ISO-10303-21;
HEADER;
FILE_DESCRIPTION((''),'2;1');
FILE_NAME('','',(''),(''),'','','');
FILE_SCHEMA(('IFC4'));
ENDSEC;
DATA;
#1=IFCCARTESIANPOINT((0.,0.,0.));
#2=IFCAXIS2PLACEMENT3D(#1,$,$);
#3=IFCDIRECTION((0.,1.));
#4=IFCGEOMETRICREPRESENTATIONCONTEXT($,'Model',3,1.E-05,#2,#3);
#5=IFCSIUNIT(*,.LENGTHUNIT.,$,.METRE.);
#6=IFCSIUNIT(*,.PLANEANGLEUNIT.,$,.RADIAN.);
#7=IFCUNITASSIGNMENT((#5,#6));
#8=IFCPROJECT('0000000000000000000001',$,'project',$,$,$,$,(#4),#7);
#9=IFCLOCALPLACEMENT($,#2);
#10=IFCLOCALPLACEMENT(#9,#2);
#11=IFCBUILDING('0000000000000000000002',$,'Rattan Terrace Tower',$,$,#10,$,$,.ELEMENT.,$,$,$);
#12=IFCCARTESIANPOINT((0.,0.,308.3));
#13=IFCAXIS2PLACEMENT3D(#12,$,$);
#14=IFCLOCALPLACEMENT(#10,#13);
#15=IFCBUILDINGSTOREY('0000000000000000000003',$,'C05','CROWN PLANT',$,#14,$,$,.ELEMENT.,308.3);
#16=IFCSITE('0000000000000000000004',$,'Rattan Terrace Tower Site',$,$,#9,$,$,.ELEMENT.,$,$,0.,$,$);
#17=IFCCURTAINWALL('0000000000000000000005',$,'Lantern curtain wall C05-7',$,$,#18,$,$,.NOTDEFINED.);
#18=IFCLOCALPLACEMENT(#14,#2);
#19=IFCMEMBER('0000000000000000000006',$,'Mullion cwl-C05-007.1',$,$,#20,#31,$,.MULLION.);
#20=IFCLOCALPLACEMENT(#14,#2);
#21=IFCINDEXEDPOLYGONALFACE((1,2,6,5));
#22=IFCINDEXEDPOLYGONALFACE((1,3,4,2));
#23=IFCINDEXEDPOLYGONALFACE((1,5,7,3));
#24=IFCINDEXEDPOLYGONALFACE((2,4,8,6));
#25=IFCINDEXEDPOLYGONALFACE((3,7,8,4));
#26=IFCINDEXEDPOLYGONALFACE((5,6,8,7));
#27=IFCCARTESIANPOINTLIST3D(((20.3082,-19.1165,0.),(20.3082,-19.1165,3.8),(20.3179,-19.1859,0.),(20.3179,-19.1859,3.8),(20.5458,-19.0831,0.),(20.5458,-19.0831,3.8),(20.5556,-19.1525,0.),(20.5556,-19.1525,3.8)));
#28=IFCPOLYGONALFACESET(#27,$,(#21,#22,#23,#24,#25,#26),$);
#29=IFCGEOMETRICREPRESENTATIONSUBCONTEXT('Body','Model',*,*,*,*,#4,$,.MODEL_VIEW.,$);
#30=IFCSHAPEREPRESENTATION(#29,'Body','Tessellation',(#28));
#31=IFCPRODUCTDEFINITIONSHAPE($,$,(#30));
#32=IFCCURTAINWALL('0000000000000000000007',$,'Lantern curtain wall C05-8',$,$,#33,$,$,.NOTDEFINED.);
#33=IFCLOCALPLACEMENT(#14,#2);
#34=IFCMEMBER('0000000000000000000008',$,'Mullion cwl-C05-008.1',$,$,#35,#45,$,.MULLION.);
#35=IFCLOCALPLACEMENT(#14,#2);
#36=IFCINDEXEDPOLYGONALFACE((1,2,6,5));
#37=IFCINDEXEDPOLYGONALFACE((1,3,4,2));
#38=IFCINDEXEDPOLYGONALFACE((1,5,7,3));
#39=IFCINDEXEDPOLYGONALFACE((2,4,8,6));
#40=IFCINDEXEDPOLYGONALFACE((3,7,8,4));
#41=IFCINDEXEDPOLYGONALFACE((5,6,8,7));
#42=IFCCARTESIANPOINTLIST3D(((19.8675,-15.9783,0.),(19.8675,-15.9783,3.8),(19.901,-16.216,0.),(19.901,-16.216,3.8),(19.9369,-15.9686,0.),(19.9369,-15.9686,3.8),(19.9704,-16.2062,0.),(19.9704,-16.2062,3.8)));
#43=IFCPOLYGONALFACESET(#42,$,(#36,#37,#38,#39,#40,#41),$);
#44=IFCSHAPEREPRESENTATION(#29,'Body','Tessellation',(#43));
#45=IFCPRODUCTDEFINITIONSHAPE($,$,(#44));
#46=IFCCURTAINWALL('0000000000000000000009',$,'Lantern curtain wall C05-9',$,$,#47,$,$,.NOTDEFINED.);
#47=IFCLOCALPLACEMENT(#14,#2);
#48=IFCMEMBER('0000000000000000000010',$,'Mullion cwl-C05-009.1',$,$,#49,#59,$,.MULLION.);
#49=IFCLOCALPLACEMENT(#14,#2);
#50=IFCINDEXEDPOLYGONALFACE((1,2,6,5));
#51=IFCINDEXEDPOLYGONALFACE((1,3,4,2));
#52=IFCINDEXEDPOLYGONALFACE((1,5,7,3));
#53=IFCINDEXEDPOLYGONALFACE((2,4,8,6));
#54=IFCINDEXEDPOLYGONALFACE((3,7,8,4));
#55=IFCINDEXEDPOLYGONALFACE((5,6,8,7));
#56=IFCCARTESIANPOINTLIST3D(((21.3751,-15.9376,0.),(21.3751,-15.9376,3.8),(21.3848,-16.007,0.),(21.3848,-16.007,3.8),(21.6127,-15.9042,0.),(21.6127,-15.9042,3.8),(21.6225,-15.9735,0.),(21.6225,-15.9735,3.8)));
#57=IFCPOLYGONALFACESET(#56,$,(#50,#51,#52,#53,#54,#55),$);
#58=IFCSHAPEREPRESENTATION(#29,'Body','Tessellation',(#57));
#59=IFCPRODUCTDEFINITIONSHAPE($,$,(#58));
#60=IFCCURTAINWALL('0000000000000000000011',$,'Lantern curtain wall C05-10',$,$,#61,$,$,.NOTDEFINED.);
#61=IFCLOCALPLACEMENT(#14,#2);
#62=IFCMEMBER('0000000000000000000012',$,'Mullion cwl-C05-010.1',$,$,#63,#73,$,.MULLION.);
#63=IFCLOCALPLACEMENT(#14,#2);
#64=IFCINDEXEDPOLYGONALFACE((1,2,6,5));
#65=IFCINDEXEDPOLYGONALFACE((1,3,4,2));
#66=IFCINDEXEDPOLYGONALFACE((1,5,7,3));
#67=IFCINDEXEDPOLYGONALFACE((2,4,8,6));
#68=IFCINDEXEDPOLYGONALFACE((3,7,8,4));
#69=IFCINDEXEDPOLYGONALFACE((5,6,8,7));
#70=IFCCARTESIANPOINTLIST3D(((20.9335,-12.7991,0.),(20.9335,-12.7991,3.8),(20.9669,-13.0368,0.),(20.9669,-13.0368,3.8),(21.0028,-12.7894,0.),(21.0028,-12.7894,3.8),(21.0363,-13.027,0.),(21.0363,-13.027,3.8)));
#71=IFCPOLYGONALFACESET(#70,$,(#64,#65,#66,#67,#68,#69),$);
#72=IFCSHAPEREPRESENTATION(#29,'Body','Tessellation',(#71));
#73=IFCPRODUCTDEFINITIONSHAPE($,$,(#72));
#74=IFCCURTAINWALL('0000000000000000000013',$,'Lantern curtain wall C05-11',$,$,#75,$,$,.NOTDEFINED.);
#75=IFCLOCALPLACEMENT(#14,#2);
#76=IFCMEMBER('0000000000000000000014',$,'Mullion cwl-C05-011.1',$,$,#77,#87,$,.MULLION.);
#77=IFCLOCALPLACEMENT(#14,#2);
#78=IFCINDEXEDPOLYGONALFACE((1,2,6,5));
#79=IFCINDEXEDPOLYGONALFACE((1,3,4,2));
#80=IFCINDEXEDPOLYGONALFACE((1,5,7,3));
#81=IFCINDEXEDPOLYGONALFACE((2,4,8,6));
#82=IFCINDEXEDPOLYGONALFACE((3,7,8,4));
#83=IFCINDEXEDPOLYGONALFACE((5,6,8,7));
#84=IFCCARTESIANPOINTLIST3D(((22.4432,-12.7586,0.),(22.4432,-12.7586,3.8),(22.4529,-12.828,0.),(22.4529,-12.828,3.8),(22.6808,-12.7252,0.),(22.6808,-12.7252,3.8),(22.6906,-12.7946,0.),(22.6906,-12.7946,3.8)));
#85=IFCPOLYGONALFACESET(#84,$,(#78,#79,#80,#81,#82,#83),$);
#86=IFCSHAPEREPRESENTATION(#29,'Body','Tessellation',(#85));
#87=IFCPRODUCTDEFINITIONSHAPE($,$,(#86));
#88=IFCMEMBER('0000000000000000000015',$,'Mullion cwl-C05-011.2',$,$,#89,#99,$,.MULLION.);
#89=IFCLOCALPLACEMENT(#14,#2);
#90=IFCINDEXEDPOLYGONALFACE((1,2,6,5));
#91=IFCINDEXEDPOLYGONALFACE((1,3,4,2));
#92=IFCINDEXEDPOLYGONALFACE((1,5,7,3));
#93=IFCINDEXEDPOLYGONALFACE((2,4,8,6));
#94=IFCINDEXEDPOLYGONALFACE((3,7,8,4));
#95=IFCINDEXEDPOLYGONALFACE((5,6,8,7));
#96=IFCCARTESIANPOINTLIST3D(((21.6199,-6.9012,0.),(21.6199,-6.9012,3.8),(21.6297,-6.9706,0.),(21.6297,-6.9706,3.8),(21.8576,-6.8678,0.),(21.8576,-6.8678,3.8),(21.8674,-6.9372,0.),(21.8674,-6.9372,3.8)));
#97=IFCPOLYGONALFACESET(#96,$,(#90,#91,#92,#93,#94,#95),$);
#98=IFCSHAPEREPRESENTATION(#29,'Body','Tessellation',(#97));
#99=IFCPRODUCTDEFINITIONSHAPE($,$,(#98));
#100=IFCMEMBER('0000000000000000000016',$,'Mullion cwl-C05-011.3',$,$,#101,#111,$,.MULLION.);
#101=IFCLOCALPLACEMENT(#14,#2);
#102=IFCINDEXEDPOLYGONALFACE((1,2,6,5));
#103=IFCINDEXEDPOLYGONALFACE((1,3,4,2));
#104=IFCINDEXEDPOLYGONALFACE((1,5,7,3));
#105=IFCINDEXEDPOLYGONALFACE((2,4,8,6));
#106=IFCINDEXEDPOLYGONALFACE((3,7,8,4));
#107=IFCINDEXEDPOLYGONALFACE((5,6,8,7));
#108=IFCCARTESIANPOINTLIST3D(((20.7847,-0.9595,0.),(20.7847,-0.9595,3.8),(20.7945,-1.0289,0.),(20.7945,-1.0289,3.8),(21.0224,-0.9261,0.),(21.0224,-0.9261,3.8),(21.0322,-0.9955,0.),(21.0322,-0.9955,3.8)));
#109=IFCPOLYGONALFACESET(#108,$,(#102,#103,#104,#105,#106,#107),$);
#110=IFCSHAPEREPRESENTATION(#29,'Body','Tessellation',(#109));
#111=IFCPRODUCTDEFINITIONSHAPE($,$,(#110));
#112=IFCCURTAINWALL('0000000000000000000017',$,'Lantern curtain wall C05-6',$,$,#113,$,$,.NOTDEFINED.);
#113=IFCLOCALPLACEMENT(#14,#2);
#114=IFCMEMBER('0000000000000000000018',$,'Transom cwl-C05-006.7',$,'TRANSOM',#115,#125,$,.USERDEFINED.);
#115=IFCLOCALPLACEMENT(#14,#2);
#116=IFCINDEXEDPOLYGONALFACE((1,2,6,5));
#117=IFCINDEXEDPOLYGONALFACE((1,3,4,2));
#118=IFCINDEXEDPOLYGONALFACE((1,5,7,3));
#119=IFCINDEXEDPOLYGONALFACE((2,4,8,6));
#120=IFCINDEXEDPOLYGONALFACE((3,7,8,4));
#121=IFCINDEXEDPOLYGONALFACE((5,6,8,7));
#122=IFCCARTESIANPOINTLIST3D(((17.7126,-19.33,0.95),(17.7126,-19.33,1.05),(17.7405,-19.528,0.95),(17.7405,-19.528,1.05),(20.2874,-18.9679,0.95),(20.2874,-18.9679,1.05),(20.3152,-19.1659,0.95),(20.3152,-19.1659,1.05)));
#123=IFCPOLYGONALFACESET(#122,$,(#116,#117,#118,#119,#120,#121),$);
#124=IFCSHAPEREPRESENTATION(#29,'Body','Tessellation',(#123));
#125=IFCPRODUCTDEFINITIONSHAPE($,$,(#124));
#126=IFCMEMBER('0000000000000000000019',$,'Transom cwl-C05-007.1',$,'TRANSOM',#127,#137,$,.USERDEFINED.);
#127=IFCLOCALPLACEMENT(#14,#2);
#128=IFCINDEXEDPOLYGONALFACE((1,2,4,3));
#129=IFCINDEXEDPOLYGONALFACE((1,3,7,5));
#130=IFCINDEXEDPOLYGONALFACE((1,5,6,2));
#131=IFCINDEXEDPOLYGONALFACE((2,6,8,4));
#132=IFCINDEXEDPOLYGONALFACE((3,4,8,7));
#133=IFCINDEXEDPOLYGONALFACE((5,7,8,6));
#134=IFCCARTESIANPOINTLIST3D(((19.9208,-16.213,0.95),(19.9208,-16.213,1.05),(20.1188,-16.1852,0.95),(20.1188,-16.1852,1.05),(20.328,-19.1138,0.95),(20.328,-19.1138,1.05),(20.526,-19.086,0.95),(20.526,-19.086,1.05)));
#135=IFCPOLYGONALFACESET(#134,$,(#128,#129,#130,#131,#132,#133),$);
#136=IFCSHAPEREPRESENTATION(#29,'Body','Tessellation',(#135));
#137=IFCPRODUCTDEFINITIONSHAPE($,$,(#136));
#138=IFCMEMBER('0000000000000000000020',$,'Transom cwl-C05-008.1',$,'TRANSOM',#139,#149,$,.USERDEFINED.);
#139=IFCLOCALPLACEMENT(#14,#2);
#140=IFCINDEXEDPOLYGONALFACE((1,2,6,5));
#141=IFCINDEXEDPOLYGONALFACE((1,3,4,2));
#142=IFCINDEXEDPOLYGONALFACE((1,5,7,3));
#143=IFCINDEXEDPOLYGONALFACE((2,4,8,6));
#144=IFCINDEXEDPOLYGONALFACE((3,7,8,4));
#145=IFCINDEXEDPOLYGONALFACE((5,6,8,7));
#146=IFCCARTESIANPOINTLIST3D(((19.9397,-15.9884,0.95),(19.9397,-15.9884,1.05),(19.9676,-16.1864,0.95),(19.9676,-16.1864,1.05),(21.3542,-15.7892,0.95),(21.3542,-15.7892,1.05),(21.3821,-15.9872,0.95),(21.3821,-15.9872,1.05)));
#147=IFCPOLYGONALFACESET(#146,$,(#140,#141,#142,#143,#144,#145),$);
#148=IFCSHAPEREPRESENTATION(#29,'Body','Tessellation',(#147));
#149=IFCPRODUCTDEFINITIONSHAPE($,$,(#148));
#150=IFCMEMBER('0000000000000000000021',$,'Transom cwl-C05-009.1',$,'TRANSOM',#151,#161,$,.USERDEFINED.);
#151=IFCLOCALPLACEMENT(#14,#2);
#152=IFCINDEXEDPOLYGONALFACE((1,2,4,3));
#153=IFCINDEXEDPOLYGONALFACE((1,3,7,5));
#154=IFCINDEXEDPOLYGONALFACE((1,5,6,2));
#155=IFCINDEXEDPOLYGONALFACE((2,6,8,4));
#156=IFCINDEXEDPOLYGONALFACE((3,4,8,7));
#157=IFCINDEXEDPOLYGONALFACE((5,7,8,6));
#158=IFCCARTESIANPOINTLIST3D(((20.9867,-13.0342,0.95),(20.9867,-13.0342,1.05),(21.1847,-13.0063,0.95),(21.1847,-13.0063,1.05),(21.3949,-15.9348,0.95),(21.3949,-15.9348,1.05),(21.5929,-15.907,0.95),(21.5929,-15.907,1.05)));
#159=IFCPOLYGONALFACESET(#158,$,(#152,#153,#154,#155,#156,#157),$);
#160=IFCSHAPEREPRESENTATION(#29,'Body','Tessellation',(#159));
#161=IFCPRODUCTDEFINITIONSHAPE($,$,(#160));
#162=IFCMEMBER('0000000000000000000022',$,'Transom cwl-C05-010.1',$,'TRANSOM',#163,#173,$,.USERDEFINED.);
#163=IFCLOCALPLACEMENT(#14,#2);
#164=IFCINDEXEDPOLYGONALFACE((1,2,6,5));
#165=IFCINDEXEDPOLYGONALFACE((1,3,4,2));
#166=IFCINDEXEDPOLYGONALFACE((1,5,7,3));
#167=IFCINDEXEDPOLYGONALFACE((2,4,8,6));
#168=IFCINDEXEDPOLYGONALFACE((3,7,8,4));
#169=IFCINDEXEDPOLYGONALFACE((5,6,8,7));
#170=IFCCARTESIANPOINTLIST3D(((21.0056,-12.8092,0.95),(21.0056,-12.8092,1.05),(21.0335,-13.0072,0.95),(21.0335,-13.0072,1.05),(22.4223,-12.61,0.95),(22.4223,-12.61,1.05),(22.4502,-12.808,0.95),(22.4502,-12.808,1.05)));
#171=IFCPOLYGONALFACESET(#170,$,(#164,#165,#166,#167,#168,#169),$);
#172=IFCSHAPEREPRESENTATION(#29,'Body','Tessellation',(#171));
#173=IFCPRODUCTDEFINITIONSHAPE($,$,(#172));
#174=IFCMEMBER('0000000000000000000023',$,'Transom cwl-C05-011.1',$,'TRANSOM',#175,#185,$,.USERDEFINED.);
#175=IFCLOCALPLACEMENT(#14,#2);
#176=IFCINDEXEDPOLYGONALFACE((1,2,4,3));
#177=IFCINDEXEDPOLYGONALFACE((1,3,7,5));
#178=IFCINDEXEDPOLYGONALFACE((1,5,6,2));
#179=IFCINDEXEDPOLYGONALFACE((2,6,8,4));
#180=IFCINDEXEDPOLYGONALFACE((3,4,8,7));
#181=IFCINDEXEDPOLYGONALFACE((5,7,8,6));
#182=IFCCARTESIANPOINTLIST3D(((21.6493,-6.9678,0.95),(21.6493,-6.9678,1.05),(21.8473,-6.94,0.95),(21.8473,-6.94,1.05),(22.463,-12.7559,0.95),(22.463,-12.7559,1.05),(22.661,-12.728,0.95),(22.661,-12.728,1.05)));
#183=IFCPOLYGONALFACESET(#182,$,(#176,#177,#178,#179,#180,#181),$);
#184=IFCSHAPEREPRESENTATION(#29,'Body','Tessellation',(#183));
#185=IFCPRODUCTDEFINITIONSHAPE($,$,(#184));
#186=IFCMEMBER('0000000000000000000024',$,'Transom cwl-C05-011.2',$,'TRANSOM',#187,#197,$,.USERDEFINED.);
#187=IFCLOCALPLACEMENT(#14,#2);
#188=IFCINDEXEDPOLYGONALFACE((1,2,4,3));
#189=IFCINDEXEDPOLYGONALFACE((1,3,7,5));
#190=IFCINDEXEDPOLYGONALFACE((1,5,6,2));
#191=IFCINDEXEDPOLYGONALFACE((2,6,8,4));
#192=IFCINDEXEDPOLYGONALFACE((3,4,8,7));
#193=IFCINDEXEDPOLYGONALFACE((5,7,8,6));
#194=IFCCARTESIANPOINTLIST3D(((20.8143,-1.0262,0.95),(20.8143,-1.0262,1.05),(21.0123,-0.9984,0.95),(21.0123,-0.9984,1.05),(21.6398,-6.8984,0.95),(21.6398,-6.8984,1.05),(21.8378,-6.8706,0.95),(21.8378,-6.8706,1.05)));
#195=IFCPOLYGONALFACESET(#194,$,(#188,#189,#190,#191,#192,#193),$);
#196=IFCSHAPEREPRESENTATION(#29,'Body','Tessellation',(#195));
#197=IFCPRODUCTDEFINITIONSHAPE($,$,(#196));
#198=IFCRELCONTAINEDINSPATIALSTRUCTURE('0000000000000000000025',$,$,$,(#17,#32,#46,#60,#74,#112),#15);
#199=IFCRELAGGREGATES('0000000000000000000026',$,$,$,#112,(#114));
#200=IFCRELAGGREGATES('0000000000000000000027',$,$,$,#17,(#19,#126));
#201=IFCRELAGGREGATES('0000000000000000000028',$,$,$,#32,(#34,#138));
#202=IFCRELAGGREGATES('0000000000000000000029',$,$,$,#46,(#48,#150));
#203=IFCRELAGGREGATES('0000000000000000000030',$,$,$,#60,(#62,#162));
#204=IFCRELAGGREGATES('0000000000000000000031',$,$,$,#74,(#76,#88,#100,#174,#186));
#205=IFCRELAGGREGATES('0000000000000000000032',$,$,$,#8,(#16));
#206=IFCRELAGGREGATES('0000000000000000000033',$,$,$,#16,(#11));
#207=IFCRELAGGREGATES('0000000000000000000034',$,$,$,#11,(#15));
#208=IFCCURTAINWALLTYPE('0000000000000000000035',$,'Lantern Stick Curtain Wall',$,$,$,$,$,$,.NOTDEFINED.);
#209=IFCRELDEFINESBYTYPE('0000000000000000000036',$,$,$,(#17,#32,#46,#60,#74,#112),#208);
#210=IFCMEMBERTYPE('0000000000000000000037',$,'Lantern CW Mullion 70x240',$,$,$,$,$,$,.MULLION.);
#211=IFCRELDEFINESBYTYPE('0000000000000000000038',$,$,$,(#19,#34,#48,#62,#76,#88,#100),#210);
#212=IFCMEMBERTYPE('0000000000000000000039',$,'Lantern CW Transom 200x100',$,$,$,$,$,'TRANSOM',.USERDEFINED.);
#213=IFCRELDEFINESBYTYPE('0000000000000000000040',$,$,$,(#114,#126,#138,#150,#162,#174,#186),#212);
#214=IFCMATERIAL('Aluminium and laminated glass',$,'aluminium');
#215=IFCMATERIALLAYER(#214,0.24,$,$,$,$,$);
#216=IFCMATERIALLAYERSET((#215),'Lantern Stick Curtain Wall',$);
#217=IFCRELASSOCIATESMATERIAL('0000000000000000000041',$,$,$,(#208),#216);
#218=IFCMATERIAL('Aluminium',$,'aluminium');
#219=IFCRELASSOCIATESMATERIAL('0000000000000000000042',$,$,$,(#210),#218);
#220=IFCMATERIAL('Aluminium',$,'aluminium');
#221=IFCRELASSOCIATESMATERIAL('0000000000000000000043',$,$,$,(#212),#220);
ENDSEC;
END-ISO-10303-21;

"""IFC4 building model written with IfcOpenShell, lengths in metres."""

from ifc_helpers import new_model, si_unit, direction, frame, origin, origin_2d, place, context, subcontext, project, spatial, rectangle, extrude, material, layer, layer_set, material_profile, profile_set, type_object, element, aggregate, save


model = new_model("IFC4")

# Units and contexts
model_context = context("Model", 3, precision=1e-05, world=origin(), true_north=direction((0.0, 1.0)))
body_context = subcontext(model_context, "Body", "Model", "MODEL_VIEW")
ifc_project = project(units=[si_unit("LENGTHUNIT", "METRE"), si_unit("PLANEANGLEUNIT", "RADIAN")], contexts=[model_context])

# Site, building, storey
site_placement = place(None, origin())
site = spatial("IfcSite", under=ifc_project, at=site_placement, Name="Rattan Terrace Tower Site", CompositionType="ELEMENT", RefElevation=0.0)
building_placement = place(site_placement, origin())
building = spatial("IfcBuilding", under=site, at=building_placement, Name="Rattan Terrace Tower", CompositionType="ELEMENT")
storey_placement = place(building_placement, frame((0.0, 0.0, 308.3)))
storey = spatial("IfcBuildingStorey", under=building, at=storey_placement, Name="C05", Description="CROWN PLANT", CompositionType="ELEMENT", Elevation=308.3)

# Curtain walls, members
ifc_material_1 = material(Name="Aluminium and laminated glass", Category="aluminium")
ifc_layer_1 = layer(ifc_material_1, 0.24)
ifc_layer_set_1 = layer_set([ifc_layer_1], Name="Lantern Stick Curtain Wall")
curtain_wall_type = type_object("IfcCurtainWallType", Name="Lantern Stick Curtain Wall", PredefinedType="NOTDEFINED", material=ifc_layer_set_1)
curtain_wall_1_placement = place(storey_placement, origin())
curtain_wall_1 = element("IfcCurtainWall", 1, at=curtain_wall_1_placement, inside=storey, type_object=curtain_wall_type, Name="Lantern curtain wall C05-7", PredefinedType="NOTDEFINED")
ifc_material_2 = material(Name="Aluminium", Category="aluminium")
ifc_material_profile_1 = material_profile(ifc_material_2, rectangle(XDim=0.0701, YDim=0.24, at=origin_2d()), Name="Aluminium 70x240")
ifc_profile_set_1 = profile_set([ifc_material_profile_1], Name="Aluminium")
member_type_1 = type_object("IfcMemberType", Name="Lantern CW Mullion 70x240", PredefinedType="MULLION", material=ifc_profile_set_1)
member_1_placement = place(storey_placement, frame((20.4319, -19.1345, 0.0), z_axis=(0.0, 0.0, 1.0), x_axis=(-0.13904, 0.990287, 0.0)))
member_1 = element("IfcMember", 2, at=member_1_placement, type_object=member_type_1, Name="Mullion cwl-C05-007.1", PredefinedType="MULLION", context=body_context, shape_type="SweptSolid", body=[
    extrude(rectangle(XDim=0.0701, YDim=0.24, at=origin_2d()), origin(), (0.0, 0.0, 1.0), 3.8),
])
curtain_wall_2_placement = place(storey_placement, origin())
curtain_wall_2 = element("IfcCurtainWall", 3, at=curtain_wall_2_placement, inside=storey, type_object=curtain_wall_type, Name="Lantern curtain wall C05-8", PredefinedType="NOTDEFINED")
member_2_placement = place(storey_placement, frame((19.9189, -16.0923, 0.0), z_axis=(0.0, 0.0, 1.0), x_axis=(0.990228, 0.139459, 0.0)))
member_2 = element("IfcMember", 4, at=member_2_placement, type_object=member_type_1, Name="Mullion cwl-C05-008.1", PredefinedType="MULLION", context=body_context, shape_type="SweptSolid", body=[
    extrude(rectangle(XDim=0.0701, YDim=0.24, at=origin_2d()), origin(), (0.0, 0.0, 1.0), 3.8),
])
curtain_wall_3_placement = place(storey_placement, origin())
curtain_wall_3 = element("IfcCurtainWall", 5, at=curtain_wall_3_placement, inside=storey, type_object=curtain_wall_type, Name="Lantern curtain wall C05-9", PredefinedType="NOTDEFINED")
member_3_placement = place(storey_placement, frame((21.4988, -15.9556, 0.0), z_axis=(0.0, 0.0, 1.0), x_axis=(-0.139367, 0.990241, 0.0)))
member_3 = element("IfcMember", 6, at=member_3_placement, type_object=member_type_1, Name="Mullion cwl-C05-009.1", PredefinedType="MULLION", context=body_context, shape_type="SweptSolid", body=[
    extrude(rectangle(XDim=0.0701, YDim=0.24, at=origin_2d()), origin(), (0.0, 0.0, 1.0), 3.8),
])
curtain_wall_4_placement = place(storey_placement, origin())
curtain_wall_4 = element("IfcCurtainWall", 7, at=curtain_wall_4_placement, inside=storey, type_object=curtain_wall_type, Name="Lantern curtain wall C05-10", PredefinedType="NOTDEFINED")
member_4_placement = place(storey_placement, frame((20.9849, -12.9131, 0.0), z_axis=(0.0, 0.0, 1.0), x_axis=(0.990254, 0.139275, 0.0)))
member_4 = element("IfcMember", 8, at=member_4_placement, type_object=member_type_1, Name="Mullion cwl-C05-010.1", PredefinedType="MULLION", context=body_context, shape_type="SweptSolid", body=[
    extrude(rectangle(XDim=0.0701, YDim=0.24, at=origin_2d()), origin(), (0.0, 0.0, 1.0), 3.8),
])

# Curtain wall, members
curtain_wall_5_placement = place(storey_placement, origin())
curtain_wall_5 = element("IfcCurtainWall", 9, at=curtain_wall_5_placement, inside=storey, type_object=curtain_wall_type, Name="Lantern curtain wall C05-11", PredefinedType="NOTDEFINED")
member_5_placement = place(storey_placement, frame((22.5669, -12.7766, 0.0), z_axis=(0.0, 0.0, 1.0), x_axis=(-0.139188, 0.990266, 0.0)))
member_5 = element("IfcMember", 10, at=member_5_placement, type_object=member_type_1, Name="Mullion cwl-C05-011.1", PredefinedType="MULLION", context=body_context, shape_type="SweptSolid", body=[
    extrude(rectangle(XDim=0.0701, YDim=0.24, at=origin_2d()), origin(), (0.0, 0.0, 1.0), 3.8),
])
member_6_placement = place(storey_placement, frame((21.7437, -6.9192, 0.0), z_axis=(0.0, 0.0, 1.0), x_axis=(-0.139188, 0.990266, 0.0)))
member_6 = element("IfcMember", 11, at=member_6_placement, type_object=member_type_1, Name="Mullion cwl-C05-011.2", PredefinedType="MULLION", context=body_context, shape_type="SweptSolid", body=[
    extrude(rectangle(XDim=0.0701, YDim=0.24, at=origin_2d()), origin(), (0.0, 0.0, 1.0), 3.8),
])
member_7_placement = place(storey_placement, frame((20.9084, -0.9775, 0.0), z_axis=(0.0, 0.0, 1.0), x_axis=(-0.139188, 0.990266, 0.0)))
member_7 = element("IfcMember", 12, at=member_7_placement, type_object=member_type_1, Name="Mullion cwl-C05-011.3", PredefinedType="MULLION", context=body_context, shape_type="SweptSolid", body=[
    extrude(rectangle(XDim=0.0701, YDim=0.24, at=origin_2d()), origin(), (0.0, 0.0, 1.0), 3.8),
])

# Curtain wall, member
curtain_wall_6_placement = place(storey_placement, origin())
curtain_wall_6 = element("IfcCurtainWall", 13, at=curtain_wall_6_placement, inside=storey, type_object=curtain_wall_type, Name="Lantern curtain wall C05-6", PredefinedType="NOTDEFINED")
ifc_material_3 = material(Name="Aluminium", Category="aluminium")
ifc_material_profile_2 = material_profile(ifc_material_3, rectangle(XDim=0.2, YDim=0.1001, at=origin_2d()), Name="Aluminium 200x100")
ifc_profile_set_2 = profile_set([ifc_material_profile_2], Name="Aluminium")
member_type_2 = type_object("IfcMemberType", Name="Lantern CW Transom 200x100", ElementType="TRANSOM", PredefinedType="USERDEFINED", material=ifc_profile_set_2)
member_8_placement = place(storey_placement, frame((17.7266, -19.429, 1.0), z_axis=(0.990257, 0.139252, 0.0), x_axis=(-0.139252, 0.990257, 0.0)))
member_8 = element("IfcMember", 14, at=member_8_placement, type_object=member_type_2, Name="Transom cwl-C05-006.7", ObjectType="TRANSOM", PredefinedType="USERDEFINED", context=body_context, shape_type="SweptSolid", body=[
    extrude(rectangle(XDim=0.2, YDim=0.1001, at=origin_2d()), origin(), (0.0, 0.0, 1.0), 2.6001),
])

# Members
member_9_placement = place(storey_placement, frame((20.427, -19.0999, 1.0), z_axis=(-0.139029, 0.990288, 0.0), x_axis=(-0.990288, -0.139029, 0.0)))
member_9 = element("IfcMember", 15, at=member_9_placement, type_object=member_type_2, Name="Transom cwl-C05-007.1", ObjectType="TRANSOM", PredefinedType="USERDEFINED", context=body_context, shape_type="SweptSolid", body=[
    extrude(rectangle(XDim=0.2, YDim=0.1001, at=origin_2d()), origin(), (0.0, 0.0, 1.0), 2.9292),
])
member_10_placement = place(storey_placement, frame((19.9536, -16.0874, 1.0), z_axis=(0.990228, 0.139459, 0.0), x_axis=(-0.139459, 0.990228, 0.0)))
member_10 = element("IfcMember", 16, at=member_10_placement, type_object=member_type_2, Name="Transom cwl-C05-008.1", ObjectType="TRANSOM", PredefinedType="USERDEFINED", context=body_context, shape_type="SweptSolid", body=[
    extrude(rectangle(XDim=0.2, YDim=0.1001, at=origin_2d()), origin(), (0.0, 0.0, 1.0), 1.4285),
])
member_11_placement = place(storey_placement, frame((21.4939, -15.9209, 1.0), z_axis=(-0.139356, 0.990242, 0.0), x_axis=(-0.990242, -0.139356, 0.0)))
member_11 = element("IfcMember", 17, at=member_11_placement, type_object=member_type_2, Name="Transom cwl-C05-009.1", ObjectType="TRANSOM", PredefinedType="USERDEFINED", context=body_context, shape_type="SweptSolid", body=[
    extrude(rectangle(XDim=0.2, YDim=0.1001, at=origin_2d()), origin(), (0.0, 0.0, 1.0), 2.9292),
])
member_12_placement = place(storey_placement, frame((21.0195, -12.9082, 1.0), z_axis=(0.990258, 0.139247, 0.0), x_axis=(-0.139247, 0.990258, 0.0)))
member_12 = element("IfcMember", 18, at=member_12_placement, type_object=member_type_2, Name="Transom cwl-C05-010.1", ObjectType="TRANSOM", PredefinedType="USERDEFINED", context=body_context, shape_type="SweptSolid", body=[
    extrude(rectangle(XDim=0.2, YDim=0.1001, at=origin_2d()), origin(), (0.0, 0.0, 1.0), 1.4307),
])
member_13_placement = place(storey_placement, frame((22.562, -12.7419, 1.0), z_axis=(-0.139216, 0.990262, 0.0), x_axis=(-0.990262, -0.139216, 0.0)))
member_13 = element("IfcMember", 19, at=member_13_placement, type_object=member_type_2, Name="Transom cwl-C05-011.1", ObjectType="TRANSOM", PredefinedType="USERDEFINED", context=body_context, shape_type="SweptSolid", body=[
    extrude(rectangle(XDim=0.2, YDim=0.1001, at=origin_2d()), origin(), (0.0, 0.0, 1.0), 5.845),
])
member_14_placement = place(storey_placement, frame((21.7388, -6.8845, 1.0), z_axis=(-0.139196, 0.990265, 0.0), x_axis=(-0.990265, -0.139196, 0.0)))
member_14 = element("IfcMember", 20, at=member_14_placement, type_object=member_type_2, Name="Transom cwl-C05-011.2", ObjectType="TRANSOM", PredefinedType="USERDEFINED", context=body_context, shape_type="SweptSolid", body=[
    extrude(rectangle(XDim=0.2, YDim=0.1001, at=origin_2d()), origin(), (0.0, 0.0, 1.0), 5.9299),
])

aggregate(curtain_wall_6, [member_8])
aggregate(curtain_wall_1, [member_1, member_9])
aggregate(curtain_wall_2, [member_2, member_10])
aggregate(curtain_wall_3, [member_3, member_11])
aggregate(curtain_wall_4, [member_4, member_12])
aggregate(curtain_wall_5, [member_5, member_6, member_7, member_13, member_14])

save(model, "model.ifc")
